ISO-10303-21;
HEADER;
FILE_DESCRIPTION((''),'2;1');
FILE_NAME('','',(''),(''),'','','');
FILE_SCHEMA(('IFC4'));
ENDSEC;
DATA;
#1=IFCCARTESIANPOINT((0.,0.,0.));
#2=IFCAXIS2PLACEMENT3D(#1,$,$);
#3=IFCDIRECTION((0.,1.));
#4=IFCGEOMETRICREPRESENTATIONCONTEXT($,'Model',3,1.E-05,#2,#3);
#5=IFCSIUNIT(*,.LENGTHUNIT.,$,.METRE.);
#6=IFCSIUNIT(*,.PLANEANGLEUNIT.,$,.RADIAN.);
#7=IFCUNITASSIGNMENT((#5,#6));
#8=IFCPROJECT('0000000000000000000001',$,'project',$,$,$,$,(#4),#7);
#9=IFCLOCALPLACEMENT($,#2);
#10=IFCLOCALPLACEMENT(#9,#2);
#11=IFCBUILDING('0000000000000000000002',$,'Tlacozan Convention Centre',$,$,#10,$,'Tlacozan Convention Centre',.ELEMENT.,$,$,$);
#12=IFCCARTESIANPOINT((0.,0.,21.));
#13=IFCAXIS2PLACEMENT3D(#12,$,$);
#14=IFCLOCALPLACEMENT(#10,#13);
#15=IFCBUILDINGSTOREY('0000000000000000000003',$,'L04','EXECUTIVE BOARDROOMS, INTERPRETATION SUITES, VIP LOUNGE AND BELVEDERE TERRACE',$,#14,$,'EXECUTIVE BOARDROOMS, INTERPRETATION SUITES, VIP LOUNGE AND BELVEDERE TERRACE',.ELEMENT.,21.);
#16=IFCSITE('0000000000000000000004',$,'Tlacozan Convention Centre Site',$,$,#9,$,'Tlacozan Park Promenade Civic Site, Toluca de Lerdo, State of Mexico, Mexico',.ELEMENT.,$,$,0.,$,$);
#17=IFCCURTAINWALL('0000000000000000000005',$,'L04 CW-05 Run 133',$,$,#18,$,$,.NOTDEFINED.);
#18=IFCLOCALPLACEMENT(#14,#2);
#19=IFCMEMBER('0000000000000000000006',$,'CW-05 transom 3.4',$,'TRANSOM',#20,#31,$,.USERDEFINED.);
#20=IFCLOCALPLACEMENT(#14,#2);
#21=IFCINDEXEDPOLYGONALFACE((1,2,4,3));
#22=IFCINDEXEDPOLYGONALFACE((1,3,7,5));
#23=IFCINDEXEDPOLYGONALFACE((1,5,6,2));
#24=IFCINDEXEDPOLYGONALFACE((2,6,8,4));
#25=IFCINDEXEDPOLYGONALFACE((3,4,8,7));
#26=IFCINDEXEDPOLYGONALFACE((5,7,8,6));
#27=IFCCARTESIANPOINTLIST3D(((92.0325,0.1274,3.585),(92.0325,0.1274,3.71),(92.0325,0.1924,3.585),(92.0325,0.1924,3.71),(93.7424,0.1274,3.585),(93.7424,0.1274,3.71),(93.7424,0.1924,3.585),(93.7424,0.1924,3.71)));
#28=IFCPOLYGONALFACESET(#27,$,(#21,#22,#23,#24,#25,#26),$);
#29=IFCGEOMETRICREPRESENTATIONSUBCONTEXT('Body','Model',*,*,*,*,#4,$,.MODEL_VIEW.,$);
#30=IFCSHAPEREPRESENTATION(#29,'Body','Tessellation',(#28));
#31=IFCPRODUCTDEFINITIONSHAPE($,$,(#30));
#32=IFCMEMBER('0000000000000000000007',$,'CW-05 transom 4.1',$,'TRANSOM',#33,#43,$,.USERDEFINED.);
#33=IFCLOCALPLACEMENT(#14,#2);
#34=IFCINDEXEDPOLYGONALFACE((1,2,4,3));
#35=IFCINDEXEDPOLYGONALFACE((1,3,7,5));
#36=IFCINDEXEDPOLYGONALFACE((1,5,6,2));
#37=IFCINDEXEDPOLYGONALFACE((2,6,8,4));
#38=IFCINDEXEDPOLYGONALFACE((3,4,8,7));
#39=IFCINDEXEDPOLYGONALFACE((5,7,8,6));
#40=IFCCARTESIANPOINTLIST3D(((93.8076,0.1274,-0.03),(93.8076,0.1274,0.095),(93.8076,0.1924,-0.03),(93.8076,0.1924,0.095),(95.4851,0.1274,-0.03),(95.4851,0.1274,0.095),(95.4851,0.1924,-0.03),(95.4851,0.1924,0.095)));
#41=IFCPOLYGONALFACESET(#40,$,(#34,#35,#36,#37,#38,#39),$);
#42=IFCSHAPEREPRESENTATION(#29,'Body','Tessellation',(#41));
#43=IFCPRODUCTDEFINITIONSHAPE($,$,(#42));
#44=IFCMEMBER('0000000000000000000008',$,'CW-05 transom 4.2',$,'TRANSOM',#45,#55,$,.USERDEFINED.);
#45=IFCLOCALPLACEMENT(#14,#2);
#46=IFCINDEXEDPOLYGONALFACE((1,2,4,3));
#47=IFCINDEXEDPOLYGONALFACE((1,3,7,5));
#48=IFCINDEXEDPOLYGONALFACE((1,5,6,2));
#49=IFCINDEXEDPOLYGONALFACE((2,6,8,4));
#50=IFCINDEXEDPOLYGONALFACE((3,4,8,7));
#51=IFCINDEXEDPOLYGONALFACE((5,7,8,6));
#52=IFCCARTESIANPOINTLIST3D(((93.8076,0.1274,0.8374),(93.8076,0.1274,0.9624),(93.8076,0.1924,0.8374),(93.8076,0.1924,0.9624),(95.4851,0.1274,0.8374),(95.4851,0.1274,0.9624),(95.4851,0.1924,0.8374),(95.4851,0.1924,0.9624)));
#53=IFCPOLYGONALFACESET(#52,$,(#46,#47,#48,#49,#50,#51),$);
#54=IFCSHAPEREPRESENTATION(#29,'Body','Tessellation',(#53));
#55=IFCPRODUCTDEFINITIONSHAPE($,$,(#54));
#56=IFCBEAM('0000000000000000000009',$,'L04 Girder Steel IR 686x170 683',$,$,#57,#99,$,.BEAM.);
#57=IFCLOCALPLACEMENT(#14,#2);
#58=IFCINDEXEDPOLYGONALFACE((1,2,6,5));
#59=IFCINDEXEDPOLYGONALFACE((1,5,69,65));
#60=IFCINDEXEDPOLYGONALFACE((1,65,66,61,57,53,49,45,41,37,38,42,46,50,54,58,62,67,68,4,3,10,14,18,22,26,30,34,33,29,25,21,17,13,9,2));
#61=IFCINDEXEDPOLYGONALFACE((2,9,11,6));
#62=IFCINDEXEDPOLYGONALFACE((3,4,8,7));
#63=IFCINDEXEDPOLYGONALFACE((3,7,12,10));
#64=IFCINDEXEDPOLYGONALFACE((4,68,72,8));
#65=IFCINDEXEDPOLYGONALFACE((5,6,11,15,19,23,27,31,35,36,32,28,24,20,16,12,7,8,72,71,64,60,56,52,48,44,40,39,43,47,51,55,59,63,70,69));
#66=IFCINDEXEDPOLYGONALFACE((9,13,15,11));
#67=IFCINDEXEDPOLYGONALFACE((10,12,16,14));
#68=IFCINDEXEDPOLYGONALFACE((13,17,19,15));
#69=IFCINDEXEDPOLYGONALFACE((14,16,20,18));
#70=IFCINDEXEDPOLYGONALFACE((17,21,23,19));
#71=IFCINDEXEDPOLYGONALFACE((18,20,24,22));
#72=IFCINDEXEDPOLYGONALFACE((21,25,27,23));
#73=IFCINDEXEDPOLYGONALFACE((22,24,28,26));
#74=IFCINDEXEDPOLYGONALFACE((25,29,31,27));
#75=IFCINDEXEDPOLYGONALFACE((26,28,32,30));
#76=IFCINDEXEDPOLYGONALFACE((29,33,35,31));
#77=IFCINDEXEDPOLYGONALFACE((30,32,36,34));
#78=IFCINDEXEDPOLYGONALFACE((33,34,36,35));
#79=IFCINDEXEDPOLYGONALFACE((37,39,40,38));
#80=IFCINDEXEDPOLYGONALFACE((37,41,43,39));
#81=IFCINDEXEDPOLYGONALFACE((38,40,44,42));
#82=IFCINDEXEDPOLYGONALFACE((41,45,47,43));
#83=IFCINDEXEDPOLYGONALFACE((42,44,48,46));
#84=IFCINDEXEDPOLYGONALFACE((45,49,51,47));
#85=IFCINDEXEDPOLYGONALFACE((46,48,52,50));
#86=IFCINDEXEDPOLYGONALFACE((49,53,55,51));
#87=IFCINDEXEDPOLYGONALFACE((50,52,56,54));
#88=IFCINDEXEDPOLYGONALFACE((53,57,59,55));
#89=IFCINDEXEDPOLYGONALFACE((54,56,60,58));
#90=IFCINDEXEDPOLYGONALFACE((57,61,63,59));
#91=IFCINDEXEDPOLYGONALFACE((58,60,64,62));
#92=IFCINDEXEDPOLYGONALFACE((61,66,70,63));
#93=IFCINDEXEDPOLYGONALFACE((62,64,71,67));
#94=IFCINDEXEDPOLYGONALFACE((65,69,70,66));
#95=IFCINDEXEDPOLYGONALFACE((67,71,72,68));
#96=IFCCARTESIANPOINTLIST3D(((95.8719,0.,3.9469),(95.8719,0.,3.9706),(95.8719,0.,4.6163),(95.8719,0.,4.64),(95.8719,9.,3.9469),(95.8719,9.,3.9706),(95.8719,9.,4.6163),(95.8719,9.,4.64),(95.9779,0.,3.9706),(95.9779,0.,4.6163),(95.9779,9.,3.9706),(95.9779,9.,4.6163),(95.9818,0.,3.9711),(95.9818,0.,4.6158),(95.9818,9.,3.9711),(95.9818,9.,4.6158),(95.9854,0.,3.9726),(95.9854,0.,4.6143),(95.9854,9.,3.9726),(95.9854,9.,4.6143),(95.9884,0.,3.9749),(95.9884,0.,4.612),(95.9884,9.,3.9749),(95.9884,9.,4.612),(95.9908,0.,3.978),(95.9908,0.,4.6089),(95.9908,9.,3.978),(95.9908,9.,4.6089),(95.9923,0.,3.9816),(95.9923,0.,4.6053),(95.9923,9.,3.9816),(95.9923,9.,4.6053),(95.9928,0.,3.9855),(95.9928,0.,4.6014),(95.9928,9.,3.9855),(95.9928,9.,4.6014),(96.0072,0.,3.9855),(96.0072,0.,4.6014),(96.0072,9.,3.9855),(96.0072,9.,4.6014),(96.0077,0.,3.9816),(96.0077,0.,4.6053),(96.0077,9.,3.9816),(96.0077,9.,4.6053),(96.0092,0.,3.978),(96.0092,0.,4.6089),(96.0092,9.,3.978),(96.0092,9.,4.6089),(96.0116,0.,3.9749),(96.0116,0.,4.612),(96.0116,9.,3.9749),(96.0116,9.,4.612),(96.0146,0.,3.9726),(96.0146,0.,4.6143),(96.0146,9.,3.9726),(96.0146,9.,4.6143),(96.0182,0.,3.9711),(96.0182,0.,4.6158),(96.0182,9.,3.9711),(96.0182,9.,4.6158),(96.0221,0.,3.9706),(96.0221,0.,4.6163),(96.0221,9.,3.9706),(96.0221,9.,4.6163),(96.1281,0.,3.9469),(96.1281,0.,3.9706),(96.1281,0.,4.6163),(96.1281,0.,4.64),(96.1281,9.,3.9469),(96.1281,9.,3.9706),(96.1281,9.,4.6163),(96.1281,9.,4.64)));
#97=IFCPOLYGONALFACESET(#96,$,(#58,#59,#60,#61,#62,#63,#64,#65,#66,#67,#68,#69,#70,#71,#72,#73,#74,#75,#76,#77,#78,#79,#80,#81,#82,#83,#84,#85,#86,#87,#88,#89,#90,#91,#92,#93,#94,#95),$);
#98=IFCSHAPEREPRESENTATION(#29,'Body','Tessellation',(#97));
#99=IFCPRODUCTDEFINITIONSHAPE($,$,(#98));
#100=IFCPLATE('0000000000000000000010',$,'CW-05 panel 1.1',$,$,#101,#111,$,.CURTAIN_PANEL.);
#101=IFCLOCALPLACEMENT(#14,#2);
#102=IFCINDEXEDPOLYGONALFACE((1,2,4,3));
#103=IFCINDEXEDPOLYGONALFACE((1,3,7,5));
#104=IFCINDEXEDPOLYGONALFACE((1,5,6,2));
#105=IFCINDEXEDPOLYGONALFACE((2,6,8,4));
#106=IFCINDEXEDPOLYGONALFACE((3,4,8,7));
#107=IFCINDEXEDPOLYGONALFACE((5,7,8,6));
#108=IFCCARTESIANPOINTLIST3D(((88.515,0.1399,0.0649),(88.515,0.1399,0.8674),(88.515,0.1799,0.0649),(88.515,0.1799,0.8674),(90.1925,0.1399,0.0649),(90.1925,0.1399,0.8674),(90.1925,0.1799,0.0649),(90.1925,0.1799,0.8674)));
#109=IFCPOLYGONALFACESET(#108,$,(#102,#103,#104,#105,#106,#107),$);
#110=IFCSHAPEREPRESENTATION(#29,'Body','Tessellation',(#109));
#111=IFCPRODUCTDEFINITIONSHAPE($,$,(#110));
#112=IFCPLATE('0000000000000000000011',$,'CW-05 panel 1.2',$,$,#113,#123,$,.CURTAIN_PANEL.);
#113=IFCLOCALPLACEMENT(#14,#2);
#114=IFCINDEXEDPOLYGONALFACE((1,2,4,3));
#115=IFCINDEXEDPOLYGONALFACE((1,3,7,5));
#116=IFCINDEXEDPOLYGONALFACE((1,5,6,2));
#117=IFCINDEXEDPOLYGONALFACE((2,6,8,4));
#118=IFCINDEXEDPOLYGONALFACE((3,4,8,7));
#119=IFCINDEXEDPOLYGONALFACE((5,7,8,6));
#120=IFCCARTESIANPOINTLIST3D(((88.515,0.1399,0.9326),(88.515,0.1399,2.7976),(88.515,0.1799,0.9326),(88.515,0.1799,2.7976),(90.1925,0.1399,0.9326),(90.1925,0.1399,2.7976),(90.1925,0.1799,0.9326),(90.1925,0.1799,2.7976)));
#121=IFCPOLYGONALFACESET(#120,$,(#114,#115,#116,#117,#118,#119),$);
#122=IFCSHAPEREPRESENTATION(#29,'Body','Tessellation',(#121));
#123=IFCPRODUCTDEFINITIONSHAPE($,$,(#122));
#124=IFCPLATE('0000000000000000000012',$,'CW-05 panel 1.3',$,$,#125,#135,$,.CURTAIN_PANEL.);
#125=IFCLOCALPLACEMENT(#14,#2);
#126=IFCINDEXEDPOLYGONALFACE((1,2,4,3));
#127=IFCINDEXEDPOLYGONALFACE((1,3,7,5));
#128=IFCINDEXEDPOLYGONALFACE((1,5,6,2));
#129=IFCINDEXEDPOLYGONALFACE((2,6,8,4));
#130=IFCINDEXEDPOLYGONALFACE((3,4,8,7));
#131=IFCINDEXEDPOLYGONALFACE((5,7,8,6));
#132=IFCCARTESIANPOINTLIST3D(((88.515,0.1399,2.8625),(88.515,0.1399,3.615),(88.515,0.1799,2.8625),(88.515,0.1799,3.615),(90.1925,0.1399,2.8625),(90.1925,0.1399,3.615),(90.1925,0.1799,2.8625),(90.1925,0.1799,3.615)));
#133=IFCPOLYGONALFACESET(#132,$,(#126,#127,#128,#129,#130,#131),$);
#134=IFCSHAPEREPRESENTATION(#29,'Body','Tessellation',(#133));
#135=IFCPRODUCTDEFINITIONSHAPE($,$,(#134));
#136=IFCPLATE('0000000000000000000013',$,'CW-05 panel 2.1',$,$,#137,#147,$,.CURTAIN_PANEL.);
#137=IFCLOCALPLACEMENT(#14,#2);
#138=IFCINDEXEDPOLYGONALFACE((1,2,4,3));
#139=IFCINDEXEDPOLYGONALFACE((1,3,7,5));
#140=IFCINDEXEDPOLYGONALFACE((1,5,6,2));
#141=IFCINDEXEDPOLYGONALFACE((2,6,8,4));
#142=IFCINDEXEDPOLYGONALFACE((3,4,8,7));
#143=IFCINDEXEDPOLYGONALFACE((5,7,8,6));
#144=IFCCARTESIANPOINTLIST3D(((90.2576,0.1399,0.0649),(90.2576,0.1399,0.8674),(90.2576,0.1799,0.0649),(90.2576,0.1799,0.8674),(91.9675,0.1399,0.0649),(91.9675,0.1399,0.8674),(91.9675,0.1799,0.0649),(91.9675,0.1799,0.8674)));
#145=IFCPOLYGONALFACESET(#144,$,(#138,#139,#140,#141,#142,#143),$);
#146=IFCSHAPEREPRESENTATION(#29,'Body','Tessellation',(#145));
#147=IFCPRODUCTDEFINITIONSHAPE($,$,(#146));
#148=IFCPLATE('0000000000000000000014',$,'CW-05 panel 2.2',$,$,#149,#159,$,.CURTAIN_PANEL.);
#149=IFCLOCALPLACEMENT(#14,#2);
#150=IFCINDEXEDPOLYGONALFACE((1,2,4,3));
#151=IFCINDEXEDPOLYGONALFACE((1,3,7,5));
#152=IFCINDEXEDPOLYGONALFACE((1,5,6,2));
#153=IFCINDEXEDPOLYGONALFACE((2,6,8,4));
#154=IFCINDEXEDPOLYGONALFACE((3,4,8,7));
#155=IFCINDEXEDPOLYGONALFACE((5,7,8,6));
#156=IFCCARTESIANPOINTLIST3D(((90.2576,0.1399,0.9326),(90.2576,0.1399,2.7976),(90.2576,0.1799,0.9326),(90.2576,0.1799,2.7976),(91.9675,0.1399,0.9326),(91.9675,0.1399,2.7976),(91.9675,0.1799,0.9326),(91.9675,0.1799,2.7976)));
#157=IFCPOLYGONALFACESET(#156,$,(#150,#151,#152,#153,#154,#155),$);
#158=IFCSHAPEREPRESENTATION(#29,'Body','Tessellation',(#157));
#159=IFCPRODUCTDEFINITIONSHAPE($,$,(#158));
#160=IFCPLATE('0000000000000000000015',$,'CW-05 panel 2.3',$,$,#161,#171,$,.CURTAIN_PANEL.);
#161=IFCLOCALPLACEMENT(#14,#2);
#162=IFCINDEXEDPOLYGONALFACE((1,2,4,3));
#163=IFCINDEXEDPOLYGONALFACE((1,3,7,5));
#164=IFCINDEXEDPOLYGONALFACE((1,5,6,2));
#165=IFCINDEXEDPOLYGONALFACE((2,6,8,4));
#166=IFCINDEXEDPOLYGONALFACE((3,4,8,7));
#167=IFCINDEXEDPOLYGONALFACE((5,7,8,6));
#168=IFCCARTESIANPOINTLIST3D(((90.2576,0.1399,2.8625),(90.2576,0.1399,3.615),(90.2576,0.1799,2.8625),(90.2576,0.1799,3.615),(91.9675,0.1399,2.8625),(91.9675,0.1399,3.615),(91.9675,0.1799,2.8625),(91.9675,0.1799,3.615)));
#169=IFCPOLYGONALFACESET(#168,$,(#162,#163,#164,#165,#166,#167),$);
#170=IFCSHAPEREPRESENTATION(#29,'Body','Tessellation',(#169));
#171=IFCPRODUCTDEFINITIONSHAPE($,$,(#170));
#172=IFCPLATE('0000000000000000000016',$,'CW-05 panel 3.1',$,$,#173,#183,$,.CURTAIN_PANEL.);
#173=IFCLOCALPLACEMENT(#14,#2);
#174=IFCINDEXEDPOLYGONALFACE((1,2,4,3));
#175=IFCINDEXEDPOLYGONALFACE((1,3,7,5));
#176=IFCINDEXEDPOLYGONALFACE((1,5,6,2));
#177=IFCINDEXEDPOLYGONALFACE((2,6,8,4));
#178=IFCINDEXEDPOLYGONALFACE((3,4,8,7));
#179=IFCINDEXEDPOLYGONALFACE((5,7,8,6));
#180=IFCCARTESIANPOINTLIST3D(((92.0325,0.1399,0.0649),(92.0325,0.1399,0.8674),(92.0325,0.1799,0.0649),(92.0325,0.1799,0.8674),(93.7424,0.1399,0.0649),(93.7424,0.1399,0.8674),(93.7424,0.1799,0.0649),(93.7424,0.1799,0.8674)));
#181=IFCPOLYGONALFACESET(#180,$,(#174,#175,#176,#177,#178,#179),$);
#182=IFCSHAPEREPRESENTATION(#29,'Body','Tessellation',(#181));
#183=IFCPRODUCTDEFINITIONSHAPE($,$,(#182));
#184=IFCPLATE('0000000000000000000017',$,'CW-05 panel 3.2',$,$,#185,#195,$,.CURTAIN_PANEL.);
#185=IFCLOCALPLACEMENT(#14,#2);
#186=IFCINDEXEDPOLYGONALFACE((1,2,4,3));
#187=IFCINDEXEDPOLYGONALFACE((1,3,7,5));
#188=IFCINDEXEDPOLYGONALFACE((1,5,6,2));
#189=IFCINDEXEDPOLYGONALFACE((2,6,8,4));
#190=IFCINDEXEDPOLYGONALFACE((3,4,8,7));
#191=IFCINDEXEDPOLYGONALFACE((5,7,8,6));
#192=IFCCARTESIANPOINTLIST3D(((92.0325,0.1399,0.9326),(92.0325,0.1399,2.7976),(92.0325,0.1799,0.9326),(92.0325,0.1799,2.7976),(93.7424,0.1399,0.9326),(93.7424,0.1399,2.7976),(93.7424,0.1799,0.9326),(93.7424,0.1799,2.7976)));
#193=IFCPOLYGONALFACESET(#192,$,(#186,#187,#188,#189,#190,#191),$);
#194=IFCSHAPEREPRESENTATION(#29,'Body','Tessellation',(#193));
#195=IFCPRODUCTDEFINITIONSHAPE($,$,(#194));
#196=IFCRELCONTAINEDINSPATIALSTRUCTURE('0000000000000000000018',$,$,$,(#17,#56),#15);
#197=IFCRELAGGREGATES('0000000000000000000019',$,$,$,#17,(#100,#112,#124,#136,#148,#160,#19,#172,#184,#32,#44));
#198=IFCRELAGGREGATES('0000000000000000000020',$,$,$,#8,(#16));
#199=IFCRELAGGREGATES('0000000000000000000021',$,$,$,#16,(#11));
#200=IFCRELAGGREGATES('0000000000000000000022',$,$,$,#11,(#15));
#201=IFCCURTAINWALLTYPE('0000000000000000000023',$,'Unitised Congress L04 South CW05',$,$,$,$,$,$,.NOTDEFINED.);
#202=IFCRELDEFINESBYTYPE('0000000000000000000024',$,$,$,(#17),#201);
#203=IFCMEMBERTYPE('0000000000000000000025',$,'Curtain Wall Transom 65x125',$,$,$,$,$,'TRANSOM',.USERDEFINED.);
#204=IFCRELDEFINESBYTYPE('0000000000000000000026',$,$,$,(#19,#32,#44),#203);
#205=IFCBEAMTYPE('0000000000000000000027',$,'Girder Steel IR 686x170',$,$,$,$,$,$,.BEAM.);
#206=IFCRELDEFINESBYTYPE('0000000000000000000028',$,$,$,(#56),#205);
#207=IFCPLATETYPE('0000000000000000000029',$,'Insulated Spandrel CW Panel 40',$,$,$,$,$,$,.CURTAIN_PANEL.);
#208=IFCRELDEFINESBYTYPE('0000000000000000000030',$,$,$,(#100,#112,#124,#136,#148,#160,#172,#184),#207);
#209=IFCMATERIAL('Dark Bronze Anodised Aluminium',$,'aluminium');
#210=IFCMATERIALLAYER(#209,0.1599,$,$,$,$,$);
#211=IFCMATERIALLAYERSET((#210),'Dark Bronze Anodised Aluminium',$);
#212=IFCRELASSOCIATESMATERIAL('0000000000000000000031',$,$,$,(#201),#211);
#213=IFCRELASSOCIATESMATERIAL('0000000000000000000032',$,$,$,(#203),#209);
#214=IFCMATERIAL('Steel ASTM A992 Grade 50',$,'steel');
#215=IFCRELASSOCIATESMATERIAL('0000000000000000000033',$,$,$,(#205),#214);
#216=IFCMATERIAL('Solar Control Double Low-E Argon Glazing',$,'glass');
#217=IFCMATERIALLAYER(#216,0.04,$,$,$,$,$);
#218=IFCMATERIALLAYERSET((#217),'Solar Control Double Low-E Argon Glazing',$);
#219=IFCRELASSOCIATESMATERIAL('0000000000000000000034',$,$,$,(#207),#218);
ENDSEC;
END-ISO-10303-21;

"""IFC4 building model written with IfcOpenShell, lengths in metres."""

from ifc_helpers import new_model, si_unit, direction, frame, origin, origin_2d, place, context, subcontext, project, spatial, rectangle, i_section, extrude, material, layer, layer_set, material_profile, profile_set, type_object, element, aggregate, save


model = new_model("IFC4")

# Units and contexts
model_context = context("Model", 3, precision=1e-05, world=origin(), true_north=direction((0.0, 1.0)))
body_context = subcontext(model_context, "Body", "Model", "MODEL_VIEW")
ifc_project = project(units=[si_unit("LENGTHUNIT", "METRE"), si_unit("PLANEANGLEUNIT", "RADIAN")], contexts=[model_context])

# Site, building, storey
site_placement = place(None, origin())
site = spatial("IfcSite", under=ifc_project, at=site_placement, Name="Tlacozan Convention Centre Site", LongName="Tlacozan Park Promenade Civic Site, Toluca de Lerdo, State of Mexico, Mexico", CompositionType="ELEMENT", RefElevation=0.0)
building_placement = place(site_placement, origin())
building = spatial("IfcBuilding", under=site, at=building_placement, Name="Tlacozan Convention Centre", LongName="Tlacozan Convention Centre", CompositionType="ELEMENT")
storey_placement = place(building_placement, frame((0.0, 0.0, 21.0)))
storey = spatial("IfcBuildingStorey", under=building, at=storey_placement, Name="L04", Description="EXECUTIVE BOARDROOMS, INTERPRETATION SUITES, VIP LOUNGE AND BELVEDERE TERRACE", LongName="EXECUTIVE BOARDROOMS, INTERPRETATION SUITES, VIP LOUNGE AND BELVEDERE TERRACE", CompositionType="ELEMENT", Elevation=21.0)

# Curtain wall, members
ifc_material_1 = material(Name="Dark Bronze Anodised Aluminium", Category="aluminium")
ifc_layer_1 = layer(ifc_material_1, 0.1599)
ifc_layer_set_1 = layer_set([ifc_layer_1], Name="Dark Bronze Anodised Aluminium")
curtain_wall_type = type_object("IfcCurtainWallType", Name="Unitised Congress L04 South CW05", PredefinedType="NOTDEFINED", material=ifc_layer_set_1)
curtain_wall_placement = place(storey_placement, origin())
curtain_wall = element("IfcCurtainWall", 1, at=curtain_wall_placement, inside=storey, type_object=curtain_wall_type, Name="L04 CW-05 Run 133", PredefinedType="NOTDEFINED")
ifc_material_profile_1 = material_profile(ifc_material_1, rectangle(XDim=0.0649, YDim=0.125, at=origin_2d()), Name="ALU 65x125")
ifc_profile_set_1 = profile_set([ifc_material_profile_1], Name="Dark Bronze Anodised Aluminium")
member_type_1 = type_object("IfcMemberType", Name="Curtain Wall Transom 65x125", ElementType="TRANSOM", PredefinedType="USERDEFINED", material=ifc_profile_set_1)
member_1_placement = place(storey_placement, frame((92.0325, 0.1599, 3.6475), z_axis=(1.0, 0.0, 0.0), x_axis=(0.0, 1.0, 0.0)))
member_1 = element("IfcMember", 2, at=member_1_placement, type_object=member_type_1, Name="CW-05 transom 3.4", ObjectType="TRANSOM", PredefinedType="USERDEFINED", context=body_context, shape_type="SweptSolid", body=[
    extrude(rectangle(XDim=0.0649, YDim=0.125, at=origin_2d()), origin(), (0.0, 0.0, 1.0), 1.71),
])
member_2_placement = place(storey_placement, frame((93.8076, 0.1599, 0.0325), z_axis=(1.0, 0.0, 0.0), x_axis=(0.0, 1.0, 0.0)))
member_2 = element("IfcMember", 3, at=member_2_placement, type_object=member_type_1, Name="CW-05 transom 4.1", ObjectType="TRANSOM", PredefinedType="USERDEFINED", context=body_context, shape_type="SweptSolid", body=[
    extrude(rectangle(XDim=0.0649, YDim=0.125, at=origin_2d()), origin(), (0.0, 0.0, 1.0), 1.6775),
])
member_3_placement = place(storey_placement, frame((93.8076, 0.1599, 0.8999), z_axis=(1.0, 0.0, 0.0), x_axis=(0.0, 1.0, 0.0)))
member_3 = element("IfcMember", 4, at=member_3_placement, type_object=member_type_1, Name="CW-05 transom 4.2", ObjectType="TRANSOM", PredefinedType="USERDEFINED", context=body_context, shape_type="SweptSolid", body=[
    extrude(rectangle(XDim=0.0649, YDim=0.125, at=origin_2d()), origin(), (0.0, 0.0, 1.0), 1.6775),
])

# Beam
ifc_material_2 = material(Name="Steel ASTM A992 Grade 50", Category="steel")
ifc_material_profile_2 = material_profile(ifc_material_2, i_section(OverallWidth=0.2561, OverallDepth=0.6931, WebThickness=0.0144, FlangeThickness=0.0237, FilletRadius=0.0149, at=origin_2d()), Name="IR 686x170.0")
ifc_profile_set_2 = profile_set([ifc_material_profile_2], Name="Steel ASTM A992 Grade 50")
beam_type = type_object("IfcBeamType", Name="Girder Steel IR 686x170", PredefinedType="BEAM", material=ifc_profile_set_2)
beam_placement = place(storey_placement, frame((96.0, 0.0, 4.2935), z_axis=(0.0, 1.0, 0.0), x_axis=(-1.0, 0.0, 0.0)))
element("IfcBeam", 5, at=beam_placement, inside=storey, type_object=beam_type, Name="L04 Girder Steel IR 686x170 683", PredefinedType="BEAM", context=body_context, shape_type="SweptSolid", body=[
    extrude(i_section(OverallWidth=0.2561, OverallDepth=0.6931, WebThickness=0.0144, FlangeThickness=0.0237, FilletRadius=0.0149, at=origin_2d()), origin(), (0.0, 0.0, 1.0), 9.0),
])

# Plates
ifc_material_3 = material(Name="Solar Control Double Low-E Argon Glazing", Category="glass")
ifc_layer_2 = layer(ifc_material_3, 0.04)
ifc_layer_set_2 = layer_set([ifc_layer_2], Name="Solar Control Double Low-E Argon Glazing")
plate_type = type_object("IfcPlateType", Name="Insulated Spandrel CW Panel 40", PredefinedType="CURTAIN_PANEL", material=ifc_layer_set_2)
plate_1_placement = place(storey_placement, frame((89.3538, 0.1599, 0.0649), z_axis=(0.0, 0.0, 1.0), x_axis=(1.0, 0.0, 0.0)))
plate_1 = element("IfcPlate", 6, at=plate_1_placement, type_object=plate_type, Name="CW-05 panel 1.1", PredefinedType="CURTAIN_PANEL", context=body_context, shape_type="SweptSolid", body=[
    extrude(rectangle(XDim=1.6775, YDim=0.04, at=origin_2d()), origin(), (0.0, 0.0, 1.0), 0.8025),
])
plate_2_placement = place(storey_placement, frame((89.3538, 0.1599, 0.9326), z_axis=(0.0, 0.0, 1.0), x_axis=(1.0, 0.0, 0.0)))
plate_2 = element("IfcPlate", 7, at=plate_2_placement, type_object=plate_type, Name="CW-05 panel 1.2", PredefinedType="CURTAIN_PANEL", context=body_context, shape_type="SweptSolid", body=[
    extrude(rectangle(XDim=1.6775, YDim=0.04, at=origin_2d()), origin(), (0.0, 0.0, 1.0), 1.865),
])
plate_3_placement = place(storey_placement, frame((89.3538, 0.1599, 2.8625), z_axis=(0.0, 0.0, 1.0), x_axis=(1.0, 0.0, 0.0)))
plate_3 = element("IfcPlate", 8, at=plate_3_placement, type_object=plate_type, Name="CW-05 panel 1.3", PredefinedType="CURTAIN_PANEL", context=body_context, shape_type="SweptSolid", body=[
    extrude(rectangle(XDim=1.6775, YDim=0.04, at=origin_2d()), origin(), (0.0, 0.0, 1.0), 0.7524),
])
plate_4_placement = place(storey_placement, frame((91.1125, 0.1599, 0.0649), z_axis=(0.0, 0.0, 1.0), x_axis=(1.0, 0.0, 0.0)))
plate_4 = element("IfcPlate", 9, at=plate_4_placement, type_object=plate_type, Name="CW-05 panel 2.1", PredefinedType="CURTAIN_PANEL", context=body_context, shape_type="SweptSolid", body=[
    extrude(rectangle(XDim=1.71, YDim=0.04, at=origin_2d()), origin(), (0.0, 0.0, 1.0), 0.8025),
])
plate_5_placement = place(storey_placement, frame((91.1125, 0.1599, 0.9326), z_axis=(0.0, 0.0, 1.0), x_axis=(1.0, 0.0, 0.0)))
plate_5 = element("IfcPlate", 10, at=plate_5_placement, type_object=plate_type, Name="CW-05 panel 2.2", PredefinedType="CURTAIN_PANEL", context=body_context, shape_type="SweptSolid", body=[
    extrude(rectangle(XDim=1.71, YDim=0.04, at=origin_2d()), origin(), (0.0, 0.0, 1.0), 1.865),
])
plate_6_placement = place(storey_placement, frame((91.1125, 0.1599, 2.8625), z_axis=(0.0, 0.0, 1.0), x_axis=(1.0, 0.0, 0.0)))
plate_6 = element("IfcPlate", 11, at=plate_6_placement, type_object=plate_type, Name="CW-05 panel 2.3", PredefinedType="CURTAIN_PANEL", context=body_context, shape_type="SweptSolid", body=[
    extrude(rectangle(XDim=1.71, YDim=0.04, at=origin_2d()), origin(), (0.0, 0.0, 1.0), 0.7524),
])
plate_7_placement = place(storey_placement, frame((92.8875, 0.1599, 0.0649), z_axis=(0.0, 0.0, 1.0), x_axis=(1.0, 0.0, 0.0)))
plate_7 = element("IfcPlate", 12, at=plate_7_placement, type_object=plate_type, Name="CW-05 panel 3.1", PredefinedType="CURTAIN_PANEL", context=body_context, shape_type="SweptSolid", body=[
    extrude(rectangle(XDim=1.71, YDim=0.04, at=origin_2d()), origin(), (0.0, 0.0, 1.0), 0.8025),
])
plate_8_placement = place(storey_placement, frame((92.8875, 0.1599, 0.9326), z_axis=(0.0, 0.0, 1.0), x_axis=(1.0, 0.0, 0.0)))
plate_8 = element("IfcPlate", 13, at=plate_8_placement, type_object=plate_type, Name="CW-05 panel 3.2", PredefinedType="CURTAIN_PANEL", context=body_context, shape_type="SweptSolid", body=[
    extrude(rectangle(XDim=1.71, YDim=0.04, at=origin_2d()), origin(), (0.0, 0.0, 1.0), 1.865),
])
aggregate(curtain_wall, [plate_1, plate_2, plate_3, plate_4, plate_5, plate_6, member_1, plate_7, plate_8, member_2, member_3])

save(model, "model.ifc")
